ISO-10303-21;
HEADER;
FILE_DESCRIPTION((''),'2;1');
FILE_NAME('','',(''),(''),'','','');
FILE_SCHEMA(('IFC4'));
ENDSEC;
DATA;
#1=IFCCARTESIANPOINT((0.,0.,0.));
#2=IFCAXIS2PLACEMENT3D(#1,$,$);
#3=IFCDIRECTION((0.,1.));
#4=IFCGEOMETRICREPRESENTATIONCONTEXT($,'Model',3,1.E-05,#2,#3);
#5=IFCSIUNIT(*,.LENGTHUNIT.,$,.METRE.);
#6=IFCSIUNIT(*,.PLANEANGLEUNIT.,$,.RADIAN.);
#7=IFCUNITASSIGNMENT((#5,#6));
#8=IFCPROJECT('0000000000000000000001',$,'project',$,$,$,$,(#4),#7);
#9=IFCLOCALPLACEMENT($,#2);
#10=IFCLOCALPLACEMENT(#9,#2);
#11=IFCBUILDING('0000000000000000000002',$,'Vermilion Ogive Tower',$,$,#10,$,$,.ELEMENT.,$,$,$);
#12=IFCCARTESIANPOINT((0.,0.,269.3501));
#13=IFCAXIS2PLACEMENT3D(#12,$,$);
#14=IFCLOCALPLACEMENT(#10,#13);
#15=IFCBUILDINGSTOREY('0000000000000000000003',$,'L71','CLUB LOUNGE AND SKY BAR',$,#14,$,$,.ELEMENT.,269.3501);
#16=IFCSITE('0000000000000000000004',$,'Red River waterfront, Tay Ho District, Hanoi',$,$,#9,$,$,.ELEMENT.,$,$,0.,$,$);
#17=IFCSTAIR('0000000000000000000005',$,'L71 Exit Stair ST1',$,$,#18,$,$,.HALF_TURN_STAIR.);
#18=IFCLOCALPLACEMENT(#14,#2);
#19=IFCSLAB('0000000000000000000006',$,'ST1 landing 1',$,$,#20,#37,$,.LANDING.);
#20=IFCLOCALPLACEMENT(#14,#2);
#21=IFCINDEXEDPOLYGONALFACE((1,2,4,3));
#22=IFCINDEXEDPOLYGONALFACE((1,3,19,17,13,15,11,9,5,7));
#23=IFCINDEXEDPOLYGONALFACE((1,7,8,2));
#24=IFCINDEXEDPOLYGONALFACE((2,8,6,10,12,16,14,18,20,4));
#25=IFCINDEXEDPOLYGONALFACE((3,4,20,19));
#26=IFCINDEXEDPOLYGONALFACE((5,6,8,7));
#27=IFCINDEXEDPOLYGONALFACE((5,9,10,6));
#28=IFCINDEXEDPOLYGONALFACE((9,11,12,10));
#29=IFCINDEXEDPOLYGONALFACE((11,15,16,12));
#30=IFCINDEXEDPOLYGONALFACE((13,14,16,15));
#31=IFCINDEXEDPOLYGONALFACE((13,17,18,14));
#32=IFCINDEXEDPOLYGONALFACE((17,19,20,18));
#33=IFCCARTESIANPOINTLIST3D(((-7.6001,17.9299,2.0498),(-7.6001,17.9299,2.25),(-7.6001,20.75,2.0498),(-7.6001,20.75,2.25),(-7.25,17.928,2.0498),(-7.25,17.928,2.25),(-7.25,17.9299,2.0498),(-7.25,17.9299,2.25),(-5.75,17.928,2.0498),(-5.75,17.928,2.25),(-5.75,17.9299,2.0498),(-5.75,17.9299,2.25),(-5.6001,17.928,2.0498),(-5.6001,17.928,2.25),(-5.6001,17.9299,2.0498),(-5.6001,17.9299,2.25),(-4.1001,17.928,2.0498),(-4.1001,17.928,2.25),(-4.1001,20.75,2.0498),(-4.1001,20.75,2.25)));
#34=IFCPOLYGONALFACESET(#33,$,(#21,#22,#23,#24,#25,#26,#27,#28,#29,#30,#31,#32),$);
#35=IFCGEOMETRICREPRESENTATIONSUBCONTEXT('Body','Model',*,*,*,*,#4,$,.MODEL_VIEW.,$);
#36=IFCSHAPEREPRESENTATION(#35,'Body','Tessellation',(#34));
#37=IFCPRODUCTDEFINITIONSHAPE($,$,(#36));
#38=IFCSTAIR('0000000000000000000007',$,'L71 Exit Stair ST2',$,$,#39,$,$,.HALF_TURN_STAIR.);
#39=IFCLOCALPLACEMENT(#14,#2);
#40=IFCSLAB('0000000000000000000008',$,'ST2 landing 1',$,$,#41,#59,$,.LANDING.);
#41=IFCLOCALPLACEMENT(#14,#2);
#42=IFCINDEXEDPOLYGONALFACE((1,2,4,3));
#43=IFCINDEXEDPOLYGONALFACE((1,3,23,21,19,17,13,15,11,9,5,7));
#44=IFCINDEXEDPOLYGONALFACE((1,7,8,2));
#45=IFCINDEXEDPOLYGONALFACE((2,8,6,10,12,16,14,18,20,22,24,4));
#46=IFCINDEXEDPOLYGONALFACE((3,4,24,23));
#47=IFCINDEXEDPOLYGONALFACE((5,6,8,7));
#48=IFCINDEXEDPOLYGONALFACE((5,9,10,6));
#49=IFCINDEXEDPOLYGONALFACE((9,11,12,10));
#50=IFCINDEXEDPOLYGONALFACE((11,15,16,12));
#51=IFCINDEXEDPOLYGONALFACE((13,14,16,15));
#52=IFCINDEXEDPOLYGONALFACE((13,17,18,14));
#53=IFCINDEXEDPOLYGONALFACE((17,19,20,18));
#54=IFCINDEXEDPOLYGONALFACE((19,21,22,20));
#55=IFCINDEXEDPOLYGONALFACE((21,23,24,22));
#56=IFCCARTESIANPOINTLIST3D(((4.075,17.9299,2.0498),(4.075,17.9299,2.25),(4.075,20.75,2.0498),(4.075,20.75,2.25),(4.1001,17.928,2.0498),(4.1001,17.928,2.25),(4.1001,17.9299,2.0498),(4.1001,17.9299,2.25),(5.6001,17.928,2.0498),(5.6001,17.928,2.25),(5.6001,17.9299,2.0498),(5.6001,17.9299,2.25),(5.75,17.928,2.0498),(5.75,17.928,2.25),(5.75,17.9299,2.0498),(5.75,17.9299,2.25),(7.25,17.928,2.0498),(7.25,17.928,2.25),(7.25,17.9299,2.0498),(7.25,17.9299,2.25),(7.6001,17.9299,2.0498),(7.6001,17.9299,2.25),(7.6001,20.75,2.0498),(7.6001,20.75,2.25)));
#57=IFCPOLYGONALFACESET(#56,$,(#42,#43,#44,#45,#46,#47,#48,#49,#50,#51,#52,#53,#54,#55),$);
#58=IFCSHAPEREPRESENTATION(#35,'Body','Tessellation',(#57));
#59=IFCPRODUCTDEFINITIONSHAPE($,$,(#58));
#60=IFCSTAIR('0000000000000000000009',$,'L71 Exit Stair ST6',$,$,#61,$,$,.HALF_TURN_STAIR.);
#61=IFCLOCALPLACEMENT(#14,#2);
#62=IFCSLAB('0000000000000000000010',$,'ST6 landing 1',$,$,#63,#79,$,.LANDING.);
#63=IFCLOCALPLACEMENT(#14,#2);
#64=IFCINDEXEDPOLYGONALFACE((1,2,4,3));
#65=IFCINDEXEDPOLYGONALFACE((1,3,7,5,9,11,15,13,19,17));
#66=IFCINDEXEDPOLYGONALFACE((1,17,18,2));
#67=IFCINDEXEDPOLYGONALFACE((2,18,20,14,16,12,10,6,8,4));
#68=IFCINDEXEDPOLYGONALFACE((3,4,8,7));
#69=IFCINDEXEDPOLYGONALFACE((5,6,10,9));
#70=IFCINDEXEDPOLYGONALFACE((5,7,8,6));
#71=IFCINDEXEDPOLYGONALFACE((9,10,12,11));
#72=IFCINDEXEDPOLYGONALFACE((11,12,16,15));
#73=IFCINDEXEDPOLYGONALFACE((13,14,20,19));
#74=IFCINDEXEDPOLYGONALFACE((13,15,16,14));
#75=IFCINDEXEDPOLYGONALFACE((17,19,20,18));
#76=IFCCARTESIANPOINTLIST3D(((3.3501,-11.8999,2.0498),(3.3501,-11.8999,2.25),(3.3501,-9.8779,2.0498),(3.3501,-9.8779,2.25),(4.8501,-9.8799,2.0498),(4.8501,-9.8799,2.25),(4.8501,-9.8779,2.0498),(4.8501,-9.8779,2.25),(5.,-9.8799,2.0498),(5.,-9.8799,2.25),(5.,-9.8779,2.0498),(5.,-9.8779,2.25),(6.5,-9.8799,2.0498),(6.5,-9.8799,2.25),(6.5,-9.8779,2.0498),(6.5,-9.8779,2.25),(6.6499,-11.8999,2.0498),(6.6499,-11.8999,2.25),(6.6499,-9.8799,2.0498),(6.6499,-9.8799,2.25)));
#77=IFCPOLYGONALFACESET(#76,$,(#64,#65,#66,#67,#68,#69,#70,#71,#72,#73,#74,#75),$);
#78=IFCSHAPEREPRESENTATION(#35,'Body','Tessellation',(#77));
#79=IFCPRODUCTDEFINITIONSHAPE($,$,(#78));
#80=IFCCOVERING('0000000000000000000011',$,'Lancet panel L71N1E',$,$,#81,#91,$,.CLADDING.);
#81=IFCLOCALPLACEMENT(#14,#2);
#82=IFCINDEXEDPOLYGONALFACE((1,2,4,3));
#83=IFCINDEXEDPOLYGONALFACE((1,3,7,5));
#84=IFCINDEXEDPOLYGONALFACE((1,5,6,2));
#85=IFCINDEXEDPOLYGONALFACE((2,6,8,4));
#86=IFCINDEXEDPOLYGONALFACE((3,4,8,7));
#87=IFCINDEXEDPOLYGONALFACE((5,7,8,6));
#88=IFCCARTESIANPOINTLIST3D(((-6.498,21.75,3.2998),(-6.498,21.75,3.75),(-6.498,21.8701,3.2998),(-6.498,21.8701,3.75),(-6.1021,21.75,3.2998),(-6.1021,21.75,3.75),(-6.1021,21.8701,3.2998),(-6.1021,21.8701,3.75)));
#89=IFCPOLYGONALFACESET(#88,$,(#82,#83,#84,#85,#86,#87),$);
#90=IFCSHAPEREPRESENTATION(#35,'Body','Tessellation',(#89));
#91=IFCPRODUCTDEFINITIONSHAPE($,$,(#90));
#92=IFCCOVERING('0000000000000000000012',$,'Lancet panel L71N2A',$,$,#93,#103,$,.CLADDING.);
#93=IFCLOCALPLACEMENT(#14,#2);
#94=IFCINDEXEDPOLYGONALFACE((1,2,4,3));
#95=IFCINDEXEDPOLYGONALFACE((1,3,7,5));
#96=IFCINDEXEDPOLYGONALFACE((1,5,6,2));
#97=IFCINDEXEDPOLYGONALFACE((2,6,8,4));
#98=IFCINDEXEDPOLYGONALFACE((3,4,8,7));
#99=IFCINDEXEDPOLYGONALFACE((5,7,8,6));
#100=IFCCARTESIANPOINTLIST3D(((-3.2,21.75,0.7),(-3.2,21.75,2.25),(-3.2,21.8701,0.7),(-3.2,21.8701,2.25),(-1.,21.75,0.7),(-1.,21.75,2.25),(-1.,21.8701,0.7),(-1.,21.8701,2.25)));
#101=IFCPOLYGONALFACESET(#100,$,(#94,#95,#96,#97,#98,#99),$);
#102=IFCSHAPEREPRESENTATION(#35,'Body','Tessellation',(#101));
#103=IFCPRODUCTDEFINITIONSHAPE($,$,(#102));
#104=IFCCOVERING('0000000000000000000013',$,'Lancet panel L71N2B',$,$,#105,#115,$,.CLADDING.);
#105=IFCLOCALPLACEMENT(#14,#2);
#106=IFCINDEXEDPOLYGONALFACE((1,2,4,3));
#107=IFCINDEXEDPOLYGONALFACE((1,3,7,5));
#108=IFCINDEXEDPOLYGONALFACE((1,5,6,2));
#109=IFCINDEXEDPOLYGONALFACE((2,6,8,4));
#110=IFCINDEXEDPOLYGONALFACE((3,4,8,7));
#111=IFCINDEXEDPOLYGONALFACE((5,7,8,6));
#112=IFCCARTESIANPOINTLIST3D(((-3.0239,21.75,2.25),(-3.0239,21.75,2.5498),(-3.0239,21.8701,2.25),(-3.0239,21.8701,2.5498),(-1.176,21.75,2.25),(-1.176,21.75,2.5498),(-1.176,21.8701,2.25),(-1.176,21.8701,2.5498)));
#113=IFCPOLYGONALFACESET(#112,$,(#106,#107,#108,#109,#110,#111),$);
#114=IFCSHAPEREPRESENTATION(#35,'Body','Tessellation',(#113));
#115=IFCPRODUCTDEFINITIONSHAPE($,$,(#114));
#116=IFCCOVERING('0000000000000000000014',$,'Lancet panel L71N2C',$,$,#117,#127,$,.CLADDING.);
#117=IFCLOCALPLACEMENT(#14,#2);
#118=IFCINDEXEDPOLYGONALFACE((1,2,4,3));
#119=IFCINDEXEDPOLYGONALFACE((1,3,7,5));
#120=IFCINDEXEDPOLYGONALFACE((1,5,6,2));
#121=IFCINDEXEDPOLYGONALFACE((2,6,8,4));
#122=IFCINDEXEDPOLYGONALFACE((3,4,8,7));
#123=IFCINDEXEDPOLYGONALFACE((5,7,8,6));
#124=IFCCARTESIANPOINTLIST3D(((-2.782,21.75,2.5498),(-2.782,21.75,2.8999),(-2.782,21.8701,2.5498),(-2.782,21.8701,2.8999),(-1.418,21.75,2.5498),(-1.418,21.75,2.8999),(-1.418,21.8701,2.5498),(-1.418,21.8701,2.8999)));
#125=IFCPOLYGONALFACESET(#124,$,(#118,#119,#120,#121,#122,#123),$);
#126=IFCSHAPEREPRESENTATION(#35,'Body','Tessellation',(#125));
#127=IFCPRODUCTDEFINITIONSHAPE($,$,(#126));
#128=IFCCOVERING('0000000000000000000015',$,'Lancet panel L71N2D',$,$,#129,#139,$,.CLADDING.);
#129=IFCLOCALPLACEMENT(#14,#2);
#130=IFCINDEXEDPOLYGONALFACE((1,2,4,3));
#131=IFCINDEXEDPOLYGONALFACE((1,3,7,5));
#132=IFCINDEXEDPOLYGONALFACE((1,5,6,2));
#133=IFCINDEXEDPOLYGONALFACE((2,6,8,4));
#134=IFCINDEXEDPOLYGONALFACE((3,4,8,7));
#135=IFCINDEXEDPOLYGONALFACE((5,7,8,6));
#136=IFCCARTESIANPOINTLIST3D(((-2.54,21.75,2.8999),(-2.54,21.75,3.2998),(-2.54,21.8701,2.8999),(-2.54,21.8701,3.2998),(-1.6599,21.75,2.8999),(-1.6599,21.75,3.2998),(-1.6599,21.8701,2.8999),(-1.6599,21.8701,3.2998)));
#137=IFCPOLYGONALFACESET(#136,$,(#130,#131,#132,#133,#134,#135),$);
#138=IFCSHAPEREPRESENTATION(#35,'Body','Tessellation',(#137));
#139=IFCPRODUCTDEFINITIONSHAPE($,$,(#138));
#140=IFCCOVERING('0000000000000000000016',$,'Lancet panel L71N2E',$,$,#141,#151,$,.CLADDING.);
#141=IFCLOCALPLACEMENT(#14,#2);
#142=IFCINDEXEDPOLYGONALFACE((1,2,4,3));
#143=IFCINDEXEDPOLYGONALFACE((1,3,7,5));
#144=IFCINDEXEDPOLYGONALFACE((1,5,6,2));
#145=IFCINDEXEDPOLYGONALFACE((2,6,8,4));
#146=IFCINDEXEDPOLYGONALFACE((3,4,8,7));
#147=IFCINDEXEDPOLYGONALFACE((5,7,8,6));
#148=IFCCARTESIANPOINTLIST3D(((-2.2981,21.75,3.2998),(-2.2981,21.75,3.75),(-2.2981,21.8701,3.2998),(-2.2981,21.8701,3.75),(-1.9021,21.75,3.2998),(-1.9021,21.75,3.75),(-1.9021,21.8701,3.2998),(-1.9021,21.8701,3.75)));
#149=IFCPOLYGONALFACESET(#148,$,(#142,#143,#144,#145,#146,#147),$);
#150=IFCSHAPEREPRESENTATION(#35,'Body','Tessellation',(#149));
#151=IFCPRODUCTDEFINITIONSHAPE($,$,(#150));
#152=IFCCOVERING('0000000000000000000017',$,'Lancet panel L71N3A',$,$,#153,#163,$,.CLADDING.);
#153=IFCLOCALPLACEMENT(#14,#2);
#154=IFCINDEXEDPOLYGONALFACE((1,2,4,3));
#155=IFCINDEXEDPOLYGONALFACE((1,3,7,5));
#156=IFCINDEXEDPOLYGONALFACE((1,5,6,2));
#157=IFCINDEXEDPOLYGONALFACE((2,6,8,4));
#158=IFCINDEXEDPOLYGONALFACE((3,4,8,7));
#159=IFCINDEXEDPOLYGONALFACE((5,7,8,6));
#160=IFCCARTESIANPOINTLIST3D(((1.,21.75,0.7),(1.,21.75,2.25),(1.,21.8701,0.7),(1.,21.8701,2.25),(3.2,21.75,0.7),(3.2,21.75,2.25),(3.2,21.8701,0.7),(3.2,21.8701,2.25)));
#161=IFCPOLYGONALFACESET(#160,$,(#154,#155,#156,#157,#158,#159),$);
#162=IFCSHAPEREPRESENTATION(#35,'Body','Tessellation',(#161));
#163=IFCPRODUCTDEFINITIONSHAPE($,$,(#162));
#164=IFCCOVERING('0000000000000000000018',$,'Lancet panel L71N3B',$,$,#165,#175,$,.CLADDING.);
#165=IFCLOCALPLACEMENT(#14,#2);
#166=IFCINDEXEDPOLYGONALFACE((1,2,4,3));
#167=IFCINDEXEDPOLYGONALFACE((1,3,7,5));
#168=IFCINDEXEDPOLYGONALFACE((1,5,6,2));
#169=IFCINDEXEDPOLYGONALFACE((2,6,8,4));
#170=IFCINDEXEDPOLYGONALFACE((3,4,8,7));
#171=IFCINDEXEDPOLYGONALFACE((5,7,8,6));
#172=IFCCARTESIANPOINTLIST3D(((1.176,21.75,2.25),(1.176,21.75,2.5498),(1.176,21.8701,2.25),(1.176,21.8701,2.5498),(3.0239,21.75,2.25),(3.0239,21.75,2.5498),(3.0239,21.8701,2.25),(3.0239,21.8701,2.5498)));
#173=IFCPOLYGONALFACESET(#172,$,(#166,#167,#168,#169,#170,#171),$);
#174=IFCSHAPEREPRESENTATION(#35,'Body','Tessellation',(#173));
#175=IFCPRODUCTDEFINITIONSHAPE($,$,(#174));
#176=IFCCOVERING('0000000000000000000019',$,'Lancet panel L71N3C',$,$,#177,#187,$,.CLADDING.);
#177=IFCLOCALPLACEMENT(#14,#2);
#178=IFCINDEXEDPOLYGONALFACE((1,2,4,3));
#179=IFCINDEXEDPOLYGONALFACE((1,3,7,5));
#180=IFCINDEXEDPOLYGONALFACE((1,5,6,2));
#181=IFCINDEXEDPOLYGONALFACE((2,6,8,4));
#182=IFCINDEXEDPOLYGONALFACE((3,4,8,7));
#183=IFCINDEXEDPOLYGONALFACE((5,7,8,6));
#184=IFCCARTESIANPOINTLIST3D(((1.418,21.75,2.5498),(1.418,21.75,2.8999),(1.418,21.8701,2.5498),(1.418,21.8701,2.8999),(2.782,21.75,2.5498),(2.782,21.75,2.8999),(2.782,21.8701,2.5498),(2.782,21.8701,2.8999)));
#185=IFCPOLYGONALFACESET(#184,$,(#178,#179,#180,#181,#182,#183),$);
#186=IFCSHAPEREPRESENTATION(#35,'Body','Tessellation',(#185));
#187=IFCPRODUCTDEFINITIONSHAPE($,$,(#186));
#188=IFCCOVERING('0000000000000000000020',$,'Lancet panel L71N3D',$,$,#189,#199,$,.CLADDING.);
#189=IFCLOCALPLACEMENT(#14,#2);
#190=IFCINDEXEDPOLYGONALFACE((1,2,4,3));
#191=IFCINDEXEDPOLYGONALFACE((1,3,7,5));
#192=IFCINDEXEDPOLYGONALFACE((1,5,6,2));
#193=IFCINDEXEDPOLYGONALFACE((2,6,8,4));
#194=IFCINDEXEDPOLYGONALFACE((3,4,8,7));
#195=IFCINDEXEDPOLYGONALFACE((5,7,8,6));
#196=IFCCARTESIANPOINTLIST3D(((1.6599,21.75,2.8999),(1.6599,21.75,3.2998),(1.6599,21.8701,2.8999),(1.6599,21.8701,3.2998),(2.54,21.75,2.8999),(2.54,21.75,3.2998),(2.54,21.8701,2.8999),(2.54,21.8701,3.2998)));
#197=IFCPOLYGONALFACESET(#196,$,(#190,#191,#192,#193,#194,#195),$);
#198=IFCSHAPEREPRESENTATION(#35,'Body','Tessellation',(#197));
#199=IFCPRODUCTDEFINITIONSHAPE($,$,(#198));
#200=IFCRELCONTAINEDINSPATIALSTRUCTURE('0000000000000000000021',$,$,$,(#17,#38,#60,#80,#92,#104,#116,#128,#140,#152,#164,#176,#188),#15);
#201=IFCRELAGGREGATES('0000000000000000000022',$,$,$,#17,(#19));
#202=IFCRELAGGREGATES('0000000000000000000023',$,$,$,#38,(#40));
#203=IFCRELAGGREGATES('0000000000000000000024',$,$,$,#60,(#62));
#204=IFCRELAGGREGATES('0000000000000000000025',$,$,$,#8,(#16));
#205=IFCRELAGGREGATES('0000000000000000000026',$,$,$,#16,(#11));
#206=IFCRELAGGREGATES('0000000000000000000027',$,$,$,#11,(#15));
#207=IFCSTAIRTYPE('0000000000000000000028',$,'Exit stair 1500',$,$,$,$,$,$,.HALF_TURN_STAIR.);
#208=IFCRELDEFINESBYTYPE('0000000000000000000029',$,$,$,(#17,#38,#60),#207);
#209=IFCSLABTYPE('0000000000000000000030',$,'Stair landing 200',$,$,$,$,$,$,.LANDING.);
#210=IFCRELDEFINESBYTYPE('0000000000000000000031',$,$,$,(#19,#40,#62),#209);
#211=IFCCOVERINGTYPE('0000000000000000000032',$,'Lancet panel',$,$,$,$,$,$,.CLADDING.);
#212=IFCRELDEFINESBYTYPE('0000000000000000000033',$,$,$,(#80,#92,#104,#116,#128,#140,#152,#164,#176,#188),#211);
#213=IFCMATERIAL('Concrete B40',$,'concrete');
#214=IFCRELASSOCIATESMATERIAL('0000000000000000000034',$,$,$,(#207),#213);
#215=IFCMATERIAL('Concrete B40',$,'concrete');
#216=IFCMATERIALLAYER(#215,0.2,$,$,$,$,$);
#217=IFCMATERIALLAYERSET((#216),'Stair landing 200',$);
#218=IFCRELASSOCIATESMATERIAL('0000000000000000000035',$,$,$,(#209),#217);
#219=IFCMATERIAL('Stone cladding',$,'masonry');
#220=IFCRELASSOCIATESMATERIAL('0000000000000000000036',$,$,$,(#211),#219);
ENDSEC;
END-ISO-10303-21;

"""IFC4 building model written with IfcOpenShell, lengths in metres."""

from ifc_helpers import new_model, si_unit, direction, frame, origin, place, context, subcontext, project, spatial, polyline, outline, extrude, material, layer, layer_set, type_object, element, aggregate, save


model = new_model("IFC4")

# Units and contexts
model_context = context("Model", 3, precision=1e-05, world=origin(), true_north=direction((0.0, 1.0)))
body_context = subcontext(model_context, "Body", "Model", "MODEL_VIEW")
ifc_project = project(units=[si_unit("LENGTHUNIT", "METRE"), si_unit("PLANEANGLEUNIT", "RADIAN")], contexts=[model_context])

# Site, building, storey
site_placement = place(None, origin())
site = spatial("IfcSite", under=ifc_project, at=site_placement, Name="Red River waterfront, Tay Ho District, Hanoi", CompositionType="ELEMENT", RefElevation=0.0)
building_placement = place(site_placement, origin())
building = spatial("IfcBuilding", under=site, at=building_placement, Name="Vermilion Ogive Tower", CompositionType="ELEMENT")
storey_placement = place(building_placement, frame((0.0, 0.0, 269.3501)))
storey = spatial("IfcBuildingStorey", under=building, at=storey_placement, Name="L71", Description="CLUB LOUNGE AND SKY BAR", CompositionType="ELEMENT", Elevation=269.3501)

# Stairs, slabs
ifc_material_1 = material(Name="Concrete B40", Category="concrete")
stair_type = type_object("IfcStairType", Name="Exit stair 1500", PredefinedType="HALF_TURN_STAIR", material=ifc_material_1)
stair_1_placement = place(storey_placement, origin())
stair_1 = element("IfcStair", 1, at=stair_1_placement, inside=storey, type_object=stair_type, Name="L71 Exit Stair ST1", PredefinedType="HALF_TURN_STAIR")
ifc_material_2 = material(Name="Concrete B40", Category="concrete")
ifc_layer = layer(ifc_material_2, 0.2)
ifc_layer_set = layer_set([ifc_layer], Name="Stair landing 200")
slab_type = type_object("IfcSlabType", Name="Stair landing 200", PredefinedType="LANDING", material=ifc_layer_set)
slab_1_placement = place(storey_placement, frame((0.0, 0.0, 2.0498)))
slab_1 = element("IfcSlab", 2, at=slab_1_placement, type_object=slab_type, Name="ST1 landing 1", PredefinedType="LANDING", context=body_context, shape_type="SweptSolid", body=[
    extrude(outline(polyline([(-7.6001, 17.9299), (-7.25, 17.9299), (-7.25, 17.928), (-5.75, 17.928), (-5.75, 17.9299), (-5.6001, 17.9299), (-5.6001, 17.928), (-4.1001, 17.928), (-4.1001, 20.75), (-7.6001, 20.75), (-7.6001, 17.9299)])), origin(), (0.0, 0.0, 1.0), 0.2002),
])
aggregate(stair_1, [slab_1])
stair_2_placement = place(storey_placement, origin())
stair_2 = element("IfcStair", 3, at=stair_2_placement, inside=storey, type_object=stair_type, Name="L71 Exit Stair ST2", PredefinedType="HALF_TURN_STAIR")
slab_2_placement = place(storey_placement, frame((0.0, 0.0, 2.0498)))
slab_2 = element("IfcSlab", 4, at=slab_2_placement, type_object=slab_type, Name="ST2 landing 1", PredefinedType="LANDING", context=body_context, shape_type="SweptSolid", body=[
    extrude(outline(polyline([(5.6001, 17.9299), (5.75, 17.9299), (5.75, 17.928), (7.25, 17.928), (7.25, 17.9299), (7.6001, 17.9299), (7.6001, 20.75), (4.075, 20.75), (4.075, 17.9299), (4.1001, 17.9299), (4.1001, 17.928), (5.6001, 17.928), (5.6001, 17.9299)])), origin(), (0.0, 0.0, 1.0), 0.2002),
])
aggregate(stair_2, [slab_2])
stair_3_placement = place(storey_placement, origin())
stair_3 = element("IfcStair", 5, at=stair_3_placement, inside=storey, type_object=stair_type, Name="L71 Exit Stair ST6", PredefinedType="HALF_TURN_STAIR")
slab_3_placement = place(storey_placement, frame((0.0, 0.0, 2.0498)))
slab_3 = element("IfcSlab", 6, at=slab_3_placement, type_object=slab_type, Name="ST6 landing 1", PredefinedType="LANDING", context=body_context, shape_type="SweptSolid", body=[
    extrude(outline(polyline([(6.6499, -9.8799), (6.5, -9.8799), (6.5, -9.8779), (5.0, -9.8779), (5.0, -9.8799), (4.8501, -9.8799), (4.8501, -9.8779), (3.3501, -9.8779), (3.3501, -11.8999), (6.6499, -11.8999), (6.6499, -9.8799)])), origin(), (0.0, 0.0, 1.0), 0.2002),
])
aggregate(stair_3, [slab_3])

# Coverings
ifc_material_3 = material(Name="Stone cladding", Category="masonry")
covering_type = type_object("IfcCoveringType", Name="Lancet panel", PredefinedType="CLADDING", material=ifc_material_3)
covering_1_placement = place(storey_placement, frame((0.0, 0.0, 3.2998)))
element("IfcCovering", 7, at=covering_1_placement, inside=storey, type_object=covering_type, Name="Lancet panel L71N1E", PredefinedType="CLADDING", context=body_context, shape_type="SweptSolid", body=[
    extrude(outline(polyline([(-6.498, 21.75), (-6.1021, 21.75), (-6.1021, 21.8701), (-6.498, 21.8701), (-6.498, 21.75)])), origin(), (0.0, 0.0, 1.0), 0.4502),
])
covering_2_placement = place(storey_placement, frame((0.0, 0.0, 0.7)))
element("IfcCovering", 8, at=covering_2_placement, inside=storey, type_object=covering_type, Name="Lancet panel L71N2A", PredefinedType="CLADDING", context=body_context, shape_type="SweptSolid", body=[
    extrude(outline(polyline([(-3.2, 21.75), (-1.0, 21.75), (-1.0, 21.8701), (-3.2, 21.8701), (-3.2, 21.75)])), origin(), (0.0, 0.0, 1.0), 1.55),
])
covering_3_placement = place(storey_placement, frame((0.0, 0.0, 2.25)))
element("IfcCovering", 9, at=covering_3_placement, inside=storey, type_object=covering_type, Name="Lancet panel L71N2B", PredefinedType="CLADDING", context=body_context, shape_type="SweptSolid", body=[
    extrude(outline(polyline([(-3.0239, 21.75), (-1.176, 21.75), (-1.176, 21.8701), (-3.0239, 21.8701), (-3.0239, 21.75)])), origin(), (0.0, 0.0, 1.0), 0.2998),
])
covering_4_placement = place(storey_placement, frame((0.0, 0.0, 2.5498)))
element("IfcCovering", 10, at=covering_4_placement, inside=storey, type_object=covering_type, Name="Lancet panel L71N2C", PredefinedType="CLADDING", context=body_context, shape_type="SweptSolid", body=[
    extrude(outline(polyline([(-2.782, 21.75), (-1.418, 21.75), (-1.418, 21.8701), (-2.782, 21.8701), (-2.782, 21.75)])), origin(), (0.0, 0.0, 1.0), 0.3501),
])
covering_5_placement = place(storey_placement, frame((0.0, 0.0, 2.8999)))
element("IfcCovering", 11, at=covering_5_placement, inside=storey, type_object=covering_type, Name="Lancet panel L71N2D", PredefinedType="CLADDING", context=body_context, shape_type="SweptSolid", body=[
    extrude(outline(polyline([(-2.54, 21.75), (-1.6599, 21.75), (-1.6599, 21.8701), (-2.54, 21.8701), (-2.54, 21.75)])), origin(), (0.0, 0.0, 1.0), 0.3999),
])
covering_6_placement = place(storey_placement, frame((0.0, 0.0, 3.2998)))
element("IfcCovering", 12, at=covering_6_placement, inside=storey, type_object=covering_type, Name="Lancet panel L71N2E", PredefinedType="CLADDING", context=body_context, shape_type="SweptSolid", body=[
    extrude(outline(polyline([(-2.2981, 21.75), (-1.9021, 21.75), (-1.9021, 21.8701), (-2.2981, 21.8701), (-2.2981, 21.75)])), origin(), (0.0, 0.0, 1.0), 0.4502),
])
covering_7_placement = place(storey_placement, frame((0.0, 0.0, 0.7)))
element("IfcCovering", 13, at=covering_7_placement, inside=storey, type_object=covering_type, Name="Lancet panel L71N3A", PredefinedType="CLADDING", context=body_context, shape_type="SweptSolid", body=[
    extrude(outline(polyline([(1.0, 21.75), (3.2, 21.75), (3.2, 21.8701), (1.0, 21.8701), (1.0, 21.75)])), origin(), (0.0, 0.0, 1.0), 1.55),
])
covering_8_placement = place(storey_placement, frame((0.0, 0.0, 2.25)))
element("IfcCovering", 14, at=covering_8_placement, inside=storey, type_object=covering_type, Name="Lancet panel L71N3B", PredefinedType="CLADDING", context=body_context, shape_type="SweptSolid", body=[
    extrude(outline(polyline([(1.176, 21.75), (3.0239, 21.75), (3.0239, 21.8701), (1.176, 21.8701), (1.176, 21.75)])), origin(), (0.0, 0.0, 1.0), 0.2998),
])
covering_9_placement = place(storey_placement, frame((0.0, 0.0, 2.5498)))
element("IfcCovering", 15, at=covering_9_placement, inside=storey, type_object=covering_type, Name="Lancet panel L71N3C", PredefinedType="CLADDING", context=body_context, shape_type="SweptSolid", body=[
    extrude(outline(polyline([(1.418, 21.75), (2.782, 21.75), (2.782, 21.8701), (1.418, 21.8701), (1.418, 21.75)])), origin(), (0.0, 0.0, 1.0), 0.3501),
])
covering_10_placement = place(storey_placement, frame((0.0, 0.0, 2.8999)))
element("IfcCovering", 16, at=covering_10_placement, inside=storey, type_object=covering_type, Name="Lancet panel L71N3D", PredefinedType="CLADDING", context=body_context, shape_type="SweptSolid", body=[
    extrude(outline(polyline([(1.6599, 21.75), (2.54, 21.75), (2.54, 21.8701), (1.6599, 21.8701), (1.6599, 21.75)])), origin(), (0.0, 0.0, 1.0), 0.3999),
])

save(model, "model.ifc")
